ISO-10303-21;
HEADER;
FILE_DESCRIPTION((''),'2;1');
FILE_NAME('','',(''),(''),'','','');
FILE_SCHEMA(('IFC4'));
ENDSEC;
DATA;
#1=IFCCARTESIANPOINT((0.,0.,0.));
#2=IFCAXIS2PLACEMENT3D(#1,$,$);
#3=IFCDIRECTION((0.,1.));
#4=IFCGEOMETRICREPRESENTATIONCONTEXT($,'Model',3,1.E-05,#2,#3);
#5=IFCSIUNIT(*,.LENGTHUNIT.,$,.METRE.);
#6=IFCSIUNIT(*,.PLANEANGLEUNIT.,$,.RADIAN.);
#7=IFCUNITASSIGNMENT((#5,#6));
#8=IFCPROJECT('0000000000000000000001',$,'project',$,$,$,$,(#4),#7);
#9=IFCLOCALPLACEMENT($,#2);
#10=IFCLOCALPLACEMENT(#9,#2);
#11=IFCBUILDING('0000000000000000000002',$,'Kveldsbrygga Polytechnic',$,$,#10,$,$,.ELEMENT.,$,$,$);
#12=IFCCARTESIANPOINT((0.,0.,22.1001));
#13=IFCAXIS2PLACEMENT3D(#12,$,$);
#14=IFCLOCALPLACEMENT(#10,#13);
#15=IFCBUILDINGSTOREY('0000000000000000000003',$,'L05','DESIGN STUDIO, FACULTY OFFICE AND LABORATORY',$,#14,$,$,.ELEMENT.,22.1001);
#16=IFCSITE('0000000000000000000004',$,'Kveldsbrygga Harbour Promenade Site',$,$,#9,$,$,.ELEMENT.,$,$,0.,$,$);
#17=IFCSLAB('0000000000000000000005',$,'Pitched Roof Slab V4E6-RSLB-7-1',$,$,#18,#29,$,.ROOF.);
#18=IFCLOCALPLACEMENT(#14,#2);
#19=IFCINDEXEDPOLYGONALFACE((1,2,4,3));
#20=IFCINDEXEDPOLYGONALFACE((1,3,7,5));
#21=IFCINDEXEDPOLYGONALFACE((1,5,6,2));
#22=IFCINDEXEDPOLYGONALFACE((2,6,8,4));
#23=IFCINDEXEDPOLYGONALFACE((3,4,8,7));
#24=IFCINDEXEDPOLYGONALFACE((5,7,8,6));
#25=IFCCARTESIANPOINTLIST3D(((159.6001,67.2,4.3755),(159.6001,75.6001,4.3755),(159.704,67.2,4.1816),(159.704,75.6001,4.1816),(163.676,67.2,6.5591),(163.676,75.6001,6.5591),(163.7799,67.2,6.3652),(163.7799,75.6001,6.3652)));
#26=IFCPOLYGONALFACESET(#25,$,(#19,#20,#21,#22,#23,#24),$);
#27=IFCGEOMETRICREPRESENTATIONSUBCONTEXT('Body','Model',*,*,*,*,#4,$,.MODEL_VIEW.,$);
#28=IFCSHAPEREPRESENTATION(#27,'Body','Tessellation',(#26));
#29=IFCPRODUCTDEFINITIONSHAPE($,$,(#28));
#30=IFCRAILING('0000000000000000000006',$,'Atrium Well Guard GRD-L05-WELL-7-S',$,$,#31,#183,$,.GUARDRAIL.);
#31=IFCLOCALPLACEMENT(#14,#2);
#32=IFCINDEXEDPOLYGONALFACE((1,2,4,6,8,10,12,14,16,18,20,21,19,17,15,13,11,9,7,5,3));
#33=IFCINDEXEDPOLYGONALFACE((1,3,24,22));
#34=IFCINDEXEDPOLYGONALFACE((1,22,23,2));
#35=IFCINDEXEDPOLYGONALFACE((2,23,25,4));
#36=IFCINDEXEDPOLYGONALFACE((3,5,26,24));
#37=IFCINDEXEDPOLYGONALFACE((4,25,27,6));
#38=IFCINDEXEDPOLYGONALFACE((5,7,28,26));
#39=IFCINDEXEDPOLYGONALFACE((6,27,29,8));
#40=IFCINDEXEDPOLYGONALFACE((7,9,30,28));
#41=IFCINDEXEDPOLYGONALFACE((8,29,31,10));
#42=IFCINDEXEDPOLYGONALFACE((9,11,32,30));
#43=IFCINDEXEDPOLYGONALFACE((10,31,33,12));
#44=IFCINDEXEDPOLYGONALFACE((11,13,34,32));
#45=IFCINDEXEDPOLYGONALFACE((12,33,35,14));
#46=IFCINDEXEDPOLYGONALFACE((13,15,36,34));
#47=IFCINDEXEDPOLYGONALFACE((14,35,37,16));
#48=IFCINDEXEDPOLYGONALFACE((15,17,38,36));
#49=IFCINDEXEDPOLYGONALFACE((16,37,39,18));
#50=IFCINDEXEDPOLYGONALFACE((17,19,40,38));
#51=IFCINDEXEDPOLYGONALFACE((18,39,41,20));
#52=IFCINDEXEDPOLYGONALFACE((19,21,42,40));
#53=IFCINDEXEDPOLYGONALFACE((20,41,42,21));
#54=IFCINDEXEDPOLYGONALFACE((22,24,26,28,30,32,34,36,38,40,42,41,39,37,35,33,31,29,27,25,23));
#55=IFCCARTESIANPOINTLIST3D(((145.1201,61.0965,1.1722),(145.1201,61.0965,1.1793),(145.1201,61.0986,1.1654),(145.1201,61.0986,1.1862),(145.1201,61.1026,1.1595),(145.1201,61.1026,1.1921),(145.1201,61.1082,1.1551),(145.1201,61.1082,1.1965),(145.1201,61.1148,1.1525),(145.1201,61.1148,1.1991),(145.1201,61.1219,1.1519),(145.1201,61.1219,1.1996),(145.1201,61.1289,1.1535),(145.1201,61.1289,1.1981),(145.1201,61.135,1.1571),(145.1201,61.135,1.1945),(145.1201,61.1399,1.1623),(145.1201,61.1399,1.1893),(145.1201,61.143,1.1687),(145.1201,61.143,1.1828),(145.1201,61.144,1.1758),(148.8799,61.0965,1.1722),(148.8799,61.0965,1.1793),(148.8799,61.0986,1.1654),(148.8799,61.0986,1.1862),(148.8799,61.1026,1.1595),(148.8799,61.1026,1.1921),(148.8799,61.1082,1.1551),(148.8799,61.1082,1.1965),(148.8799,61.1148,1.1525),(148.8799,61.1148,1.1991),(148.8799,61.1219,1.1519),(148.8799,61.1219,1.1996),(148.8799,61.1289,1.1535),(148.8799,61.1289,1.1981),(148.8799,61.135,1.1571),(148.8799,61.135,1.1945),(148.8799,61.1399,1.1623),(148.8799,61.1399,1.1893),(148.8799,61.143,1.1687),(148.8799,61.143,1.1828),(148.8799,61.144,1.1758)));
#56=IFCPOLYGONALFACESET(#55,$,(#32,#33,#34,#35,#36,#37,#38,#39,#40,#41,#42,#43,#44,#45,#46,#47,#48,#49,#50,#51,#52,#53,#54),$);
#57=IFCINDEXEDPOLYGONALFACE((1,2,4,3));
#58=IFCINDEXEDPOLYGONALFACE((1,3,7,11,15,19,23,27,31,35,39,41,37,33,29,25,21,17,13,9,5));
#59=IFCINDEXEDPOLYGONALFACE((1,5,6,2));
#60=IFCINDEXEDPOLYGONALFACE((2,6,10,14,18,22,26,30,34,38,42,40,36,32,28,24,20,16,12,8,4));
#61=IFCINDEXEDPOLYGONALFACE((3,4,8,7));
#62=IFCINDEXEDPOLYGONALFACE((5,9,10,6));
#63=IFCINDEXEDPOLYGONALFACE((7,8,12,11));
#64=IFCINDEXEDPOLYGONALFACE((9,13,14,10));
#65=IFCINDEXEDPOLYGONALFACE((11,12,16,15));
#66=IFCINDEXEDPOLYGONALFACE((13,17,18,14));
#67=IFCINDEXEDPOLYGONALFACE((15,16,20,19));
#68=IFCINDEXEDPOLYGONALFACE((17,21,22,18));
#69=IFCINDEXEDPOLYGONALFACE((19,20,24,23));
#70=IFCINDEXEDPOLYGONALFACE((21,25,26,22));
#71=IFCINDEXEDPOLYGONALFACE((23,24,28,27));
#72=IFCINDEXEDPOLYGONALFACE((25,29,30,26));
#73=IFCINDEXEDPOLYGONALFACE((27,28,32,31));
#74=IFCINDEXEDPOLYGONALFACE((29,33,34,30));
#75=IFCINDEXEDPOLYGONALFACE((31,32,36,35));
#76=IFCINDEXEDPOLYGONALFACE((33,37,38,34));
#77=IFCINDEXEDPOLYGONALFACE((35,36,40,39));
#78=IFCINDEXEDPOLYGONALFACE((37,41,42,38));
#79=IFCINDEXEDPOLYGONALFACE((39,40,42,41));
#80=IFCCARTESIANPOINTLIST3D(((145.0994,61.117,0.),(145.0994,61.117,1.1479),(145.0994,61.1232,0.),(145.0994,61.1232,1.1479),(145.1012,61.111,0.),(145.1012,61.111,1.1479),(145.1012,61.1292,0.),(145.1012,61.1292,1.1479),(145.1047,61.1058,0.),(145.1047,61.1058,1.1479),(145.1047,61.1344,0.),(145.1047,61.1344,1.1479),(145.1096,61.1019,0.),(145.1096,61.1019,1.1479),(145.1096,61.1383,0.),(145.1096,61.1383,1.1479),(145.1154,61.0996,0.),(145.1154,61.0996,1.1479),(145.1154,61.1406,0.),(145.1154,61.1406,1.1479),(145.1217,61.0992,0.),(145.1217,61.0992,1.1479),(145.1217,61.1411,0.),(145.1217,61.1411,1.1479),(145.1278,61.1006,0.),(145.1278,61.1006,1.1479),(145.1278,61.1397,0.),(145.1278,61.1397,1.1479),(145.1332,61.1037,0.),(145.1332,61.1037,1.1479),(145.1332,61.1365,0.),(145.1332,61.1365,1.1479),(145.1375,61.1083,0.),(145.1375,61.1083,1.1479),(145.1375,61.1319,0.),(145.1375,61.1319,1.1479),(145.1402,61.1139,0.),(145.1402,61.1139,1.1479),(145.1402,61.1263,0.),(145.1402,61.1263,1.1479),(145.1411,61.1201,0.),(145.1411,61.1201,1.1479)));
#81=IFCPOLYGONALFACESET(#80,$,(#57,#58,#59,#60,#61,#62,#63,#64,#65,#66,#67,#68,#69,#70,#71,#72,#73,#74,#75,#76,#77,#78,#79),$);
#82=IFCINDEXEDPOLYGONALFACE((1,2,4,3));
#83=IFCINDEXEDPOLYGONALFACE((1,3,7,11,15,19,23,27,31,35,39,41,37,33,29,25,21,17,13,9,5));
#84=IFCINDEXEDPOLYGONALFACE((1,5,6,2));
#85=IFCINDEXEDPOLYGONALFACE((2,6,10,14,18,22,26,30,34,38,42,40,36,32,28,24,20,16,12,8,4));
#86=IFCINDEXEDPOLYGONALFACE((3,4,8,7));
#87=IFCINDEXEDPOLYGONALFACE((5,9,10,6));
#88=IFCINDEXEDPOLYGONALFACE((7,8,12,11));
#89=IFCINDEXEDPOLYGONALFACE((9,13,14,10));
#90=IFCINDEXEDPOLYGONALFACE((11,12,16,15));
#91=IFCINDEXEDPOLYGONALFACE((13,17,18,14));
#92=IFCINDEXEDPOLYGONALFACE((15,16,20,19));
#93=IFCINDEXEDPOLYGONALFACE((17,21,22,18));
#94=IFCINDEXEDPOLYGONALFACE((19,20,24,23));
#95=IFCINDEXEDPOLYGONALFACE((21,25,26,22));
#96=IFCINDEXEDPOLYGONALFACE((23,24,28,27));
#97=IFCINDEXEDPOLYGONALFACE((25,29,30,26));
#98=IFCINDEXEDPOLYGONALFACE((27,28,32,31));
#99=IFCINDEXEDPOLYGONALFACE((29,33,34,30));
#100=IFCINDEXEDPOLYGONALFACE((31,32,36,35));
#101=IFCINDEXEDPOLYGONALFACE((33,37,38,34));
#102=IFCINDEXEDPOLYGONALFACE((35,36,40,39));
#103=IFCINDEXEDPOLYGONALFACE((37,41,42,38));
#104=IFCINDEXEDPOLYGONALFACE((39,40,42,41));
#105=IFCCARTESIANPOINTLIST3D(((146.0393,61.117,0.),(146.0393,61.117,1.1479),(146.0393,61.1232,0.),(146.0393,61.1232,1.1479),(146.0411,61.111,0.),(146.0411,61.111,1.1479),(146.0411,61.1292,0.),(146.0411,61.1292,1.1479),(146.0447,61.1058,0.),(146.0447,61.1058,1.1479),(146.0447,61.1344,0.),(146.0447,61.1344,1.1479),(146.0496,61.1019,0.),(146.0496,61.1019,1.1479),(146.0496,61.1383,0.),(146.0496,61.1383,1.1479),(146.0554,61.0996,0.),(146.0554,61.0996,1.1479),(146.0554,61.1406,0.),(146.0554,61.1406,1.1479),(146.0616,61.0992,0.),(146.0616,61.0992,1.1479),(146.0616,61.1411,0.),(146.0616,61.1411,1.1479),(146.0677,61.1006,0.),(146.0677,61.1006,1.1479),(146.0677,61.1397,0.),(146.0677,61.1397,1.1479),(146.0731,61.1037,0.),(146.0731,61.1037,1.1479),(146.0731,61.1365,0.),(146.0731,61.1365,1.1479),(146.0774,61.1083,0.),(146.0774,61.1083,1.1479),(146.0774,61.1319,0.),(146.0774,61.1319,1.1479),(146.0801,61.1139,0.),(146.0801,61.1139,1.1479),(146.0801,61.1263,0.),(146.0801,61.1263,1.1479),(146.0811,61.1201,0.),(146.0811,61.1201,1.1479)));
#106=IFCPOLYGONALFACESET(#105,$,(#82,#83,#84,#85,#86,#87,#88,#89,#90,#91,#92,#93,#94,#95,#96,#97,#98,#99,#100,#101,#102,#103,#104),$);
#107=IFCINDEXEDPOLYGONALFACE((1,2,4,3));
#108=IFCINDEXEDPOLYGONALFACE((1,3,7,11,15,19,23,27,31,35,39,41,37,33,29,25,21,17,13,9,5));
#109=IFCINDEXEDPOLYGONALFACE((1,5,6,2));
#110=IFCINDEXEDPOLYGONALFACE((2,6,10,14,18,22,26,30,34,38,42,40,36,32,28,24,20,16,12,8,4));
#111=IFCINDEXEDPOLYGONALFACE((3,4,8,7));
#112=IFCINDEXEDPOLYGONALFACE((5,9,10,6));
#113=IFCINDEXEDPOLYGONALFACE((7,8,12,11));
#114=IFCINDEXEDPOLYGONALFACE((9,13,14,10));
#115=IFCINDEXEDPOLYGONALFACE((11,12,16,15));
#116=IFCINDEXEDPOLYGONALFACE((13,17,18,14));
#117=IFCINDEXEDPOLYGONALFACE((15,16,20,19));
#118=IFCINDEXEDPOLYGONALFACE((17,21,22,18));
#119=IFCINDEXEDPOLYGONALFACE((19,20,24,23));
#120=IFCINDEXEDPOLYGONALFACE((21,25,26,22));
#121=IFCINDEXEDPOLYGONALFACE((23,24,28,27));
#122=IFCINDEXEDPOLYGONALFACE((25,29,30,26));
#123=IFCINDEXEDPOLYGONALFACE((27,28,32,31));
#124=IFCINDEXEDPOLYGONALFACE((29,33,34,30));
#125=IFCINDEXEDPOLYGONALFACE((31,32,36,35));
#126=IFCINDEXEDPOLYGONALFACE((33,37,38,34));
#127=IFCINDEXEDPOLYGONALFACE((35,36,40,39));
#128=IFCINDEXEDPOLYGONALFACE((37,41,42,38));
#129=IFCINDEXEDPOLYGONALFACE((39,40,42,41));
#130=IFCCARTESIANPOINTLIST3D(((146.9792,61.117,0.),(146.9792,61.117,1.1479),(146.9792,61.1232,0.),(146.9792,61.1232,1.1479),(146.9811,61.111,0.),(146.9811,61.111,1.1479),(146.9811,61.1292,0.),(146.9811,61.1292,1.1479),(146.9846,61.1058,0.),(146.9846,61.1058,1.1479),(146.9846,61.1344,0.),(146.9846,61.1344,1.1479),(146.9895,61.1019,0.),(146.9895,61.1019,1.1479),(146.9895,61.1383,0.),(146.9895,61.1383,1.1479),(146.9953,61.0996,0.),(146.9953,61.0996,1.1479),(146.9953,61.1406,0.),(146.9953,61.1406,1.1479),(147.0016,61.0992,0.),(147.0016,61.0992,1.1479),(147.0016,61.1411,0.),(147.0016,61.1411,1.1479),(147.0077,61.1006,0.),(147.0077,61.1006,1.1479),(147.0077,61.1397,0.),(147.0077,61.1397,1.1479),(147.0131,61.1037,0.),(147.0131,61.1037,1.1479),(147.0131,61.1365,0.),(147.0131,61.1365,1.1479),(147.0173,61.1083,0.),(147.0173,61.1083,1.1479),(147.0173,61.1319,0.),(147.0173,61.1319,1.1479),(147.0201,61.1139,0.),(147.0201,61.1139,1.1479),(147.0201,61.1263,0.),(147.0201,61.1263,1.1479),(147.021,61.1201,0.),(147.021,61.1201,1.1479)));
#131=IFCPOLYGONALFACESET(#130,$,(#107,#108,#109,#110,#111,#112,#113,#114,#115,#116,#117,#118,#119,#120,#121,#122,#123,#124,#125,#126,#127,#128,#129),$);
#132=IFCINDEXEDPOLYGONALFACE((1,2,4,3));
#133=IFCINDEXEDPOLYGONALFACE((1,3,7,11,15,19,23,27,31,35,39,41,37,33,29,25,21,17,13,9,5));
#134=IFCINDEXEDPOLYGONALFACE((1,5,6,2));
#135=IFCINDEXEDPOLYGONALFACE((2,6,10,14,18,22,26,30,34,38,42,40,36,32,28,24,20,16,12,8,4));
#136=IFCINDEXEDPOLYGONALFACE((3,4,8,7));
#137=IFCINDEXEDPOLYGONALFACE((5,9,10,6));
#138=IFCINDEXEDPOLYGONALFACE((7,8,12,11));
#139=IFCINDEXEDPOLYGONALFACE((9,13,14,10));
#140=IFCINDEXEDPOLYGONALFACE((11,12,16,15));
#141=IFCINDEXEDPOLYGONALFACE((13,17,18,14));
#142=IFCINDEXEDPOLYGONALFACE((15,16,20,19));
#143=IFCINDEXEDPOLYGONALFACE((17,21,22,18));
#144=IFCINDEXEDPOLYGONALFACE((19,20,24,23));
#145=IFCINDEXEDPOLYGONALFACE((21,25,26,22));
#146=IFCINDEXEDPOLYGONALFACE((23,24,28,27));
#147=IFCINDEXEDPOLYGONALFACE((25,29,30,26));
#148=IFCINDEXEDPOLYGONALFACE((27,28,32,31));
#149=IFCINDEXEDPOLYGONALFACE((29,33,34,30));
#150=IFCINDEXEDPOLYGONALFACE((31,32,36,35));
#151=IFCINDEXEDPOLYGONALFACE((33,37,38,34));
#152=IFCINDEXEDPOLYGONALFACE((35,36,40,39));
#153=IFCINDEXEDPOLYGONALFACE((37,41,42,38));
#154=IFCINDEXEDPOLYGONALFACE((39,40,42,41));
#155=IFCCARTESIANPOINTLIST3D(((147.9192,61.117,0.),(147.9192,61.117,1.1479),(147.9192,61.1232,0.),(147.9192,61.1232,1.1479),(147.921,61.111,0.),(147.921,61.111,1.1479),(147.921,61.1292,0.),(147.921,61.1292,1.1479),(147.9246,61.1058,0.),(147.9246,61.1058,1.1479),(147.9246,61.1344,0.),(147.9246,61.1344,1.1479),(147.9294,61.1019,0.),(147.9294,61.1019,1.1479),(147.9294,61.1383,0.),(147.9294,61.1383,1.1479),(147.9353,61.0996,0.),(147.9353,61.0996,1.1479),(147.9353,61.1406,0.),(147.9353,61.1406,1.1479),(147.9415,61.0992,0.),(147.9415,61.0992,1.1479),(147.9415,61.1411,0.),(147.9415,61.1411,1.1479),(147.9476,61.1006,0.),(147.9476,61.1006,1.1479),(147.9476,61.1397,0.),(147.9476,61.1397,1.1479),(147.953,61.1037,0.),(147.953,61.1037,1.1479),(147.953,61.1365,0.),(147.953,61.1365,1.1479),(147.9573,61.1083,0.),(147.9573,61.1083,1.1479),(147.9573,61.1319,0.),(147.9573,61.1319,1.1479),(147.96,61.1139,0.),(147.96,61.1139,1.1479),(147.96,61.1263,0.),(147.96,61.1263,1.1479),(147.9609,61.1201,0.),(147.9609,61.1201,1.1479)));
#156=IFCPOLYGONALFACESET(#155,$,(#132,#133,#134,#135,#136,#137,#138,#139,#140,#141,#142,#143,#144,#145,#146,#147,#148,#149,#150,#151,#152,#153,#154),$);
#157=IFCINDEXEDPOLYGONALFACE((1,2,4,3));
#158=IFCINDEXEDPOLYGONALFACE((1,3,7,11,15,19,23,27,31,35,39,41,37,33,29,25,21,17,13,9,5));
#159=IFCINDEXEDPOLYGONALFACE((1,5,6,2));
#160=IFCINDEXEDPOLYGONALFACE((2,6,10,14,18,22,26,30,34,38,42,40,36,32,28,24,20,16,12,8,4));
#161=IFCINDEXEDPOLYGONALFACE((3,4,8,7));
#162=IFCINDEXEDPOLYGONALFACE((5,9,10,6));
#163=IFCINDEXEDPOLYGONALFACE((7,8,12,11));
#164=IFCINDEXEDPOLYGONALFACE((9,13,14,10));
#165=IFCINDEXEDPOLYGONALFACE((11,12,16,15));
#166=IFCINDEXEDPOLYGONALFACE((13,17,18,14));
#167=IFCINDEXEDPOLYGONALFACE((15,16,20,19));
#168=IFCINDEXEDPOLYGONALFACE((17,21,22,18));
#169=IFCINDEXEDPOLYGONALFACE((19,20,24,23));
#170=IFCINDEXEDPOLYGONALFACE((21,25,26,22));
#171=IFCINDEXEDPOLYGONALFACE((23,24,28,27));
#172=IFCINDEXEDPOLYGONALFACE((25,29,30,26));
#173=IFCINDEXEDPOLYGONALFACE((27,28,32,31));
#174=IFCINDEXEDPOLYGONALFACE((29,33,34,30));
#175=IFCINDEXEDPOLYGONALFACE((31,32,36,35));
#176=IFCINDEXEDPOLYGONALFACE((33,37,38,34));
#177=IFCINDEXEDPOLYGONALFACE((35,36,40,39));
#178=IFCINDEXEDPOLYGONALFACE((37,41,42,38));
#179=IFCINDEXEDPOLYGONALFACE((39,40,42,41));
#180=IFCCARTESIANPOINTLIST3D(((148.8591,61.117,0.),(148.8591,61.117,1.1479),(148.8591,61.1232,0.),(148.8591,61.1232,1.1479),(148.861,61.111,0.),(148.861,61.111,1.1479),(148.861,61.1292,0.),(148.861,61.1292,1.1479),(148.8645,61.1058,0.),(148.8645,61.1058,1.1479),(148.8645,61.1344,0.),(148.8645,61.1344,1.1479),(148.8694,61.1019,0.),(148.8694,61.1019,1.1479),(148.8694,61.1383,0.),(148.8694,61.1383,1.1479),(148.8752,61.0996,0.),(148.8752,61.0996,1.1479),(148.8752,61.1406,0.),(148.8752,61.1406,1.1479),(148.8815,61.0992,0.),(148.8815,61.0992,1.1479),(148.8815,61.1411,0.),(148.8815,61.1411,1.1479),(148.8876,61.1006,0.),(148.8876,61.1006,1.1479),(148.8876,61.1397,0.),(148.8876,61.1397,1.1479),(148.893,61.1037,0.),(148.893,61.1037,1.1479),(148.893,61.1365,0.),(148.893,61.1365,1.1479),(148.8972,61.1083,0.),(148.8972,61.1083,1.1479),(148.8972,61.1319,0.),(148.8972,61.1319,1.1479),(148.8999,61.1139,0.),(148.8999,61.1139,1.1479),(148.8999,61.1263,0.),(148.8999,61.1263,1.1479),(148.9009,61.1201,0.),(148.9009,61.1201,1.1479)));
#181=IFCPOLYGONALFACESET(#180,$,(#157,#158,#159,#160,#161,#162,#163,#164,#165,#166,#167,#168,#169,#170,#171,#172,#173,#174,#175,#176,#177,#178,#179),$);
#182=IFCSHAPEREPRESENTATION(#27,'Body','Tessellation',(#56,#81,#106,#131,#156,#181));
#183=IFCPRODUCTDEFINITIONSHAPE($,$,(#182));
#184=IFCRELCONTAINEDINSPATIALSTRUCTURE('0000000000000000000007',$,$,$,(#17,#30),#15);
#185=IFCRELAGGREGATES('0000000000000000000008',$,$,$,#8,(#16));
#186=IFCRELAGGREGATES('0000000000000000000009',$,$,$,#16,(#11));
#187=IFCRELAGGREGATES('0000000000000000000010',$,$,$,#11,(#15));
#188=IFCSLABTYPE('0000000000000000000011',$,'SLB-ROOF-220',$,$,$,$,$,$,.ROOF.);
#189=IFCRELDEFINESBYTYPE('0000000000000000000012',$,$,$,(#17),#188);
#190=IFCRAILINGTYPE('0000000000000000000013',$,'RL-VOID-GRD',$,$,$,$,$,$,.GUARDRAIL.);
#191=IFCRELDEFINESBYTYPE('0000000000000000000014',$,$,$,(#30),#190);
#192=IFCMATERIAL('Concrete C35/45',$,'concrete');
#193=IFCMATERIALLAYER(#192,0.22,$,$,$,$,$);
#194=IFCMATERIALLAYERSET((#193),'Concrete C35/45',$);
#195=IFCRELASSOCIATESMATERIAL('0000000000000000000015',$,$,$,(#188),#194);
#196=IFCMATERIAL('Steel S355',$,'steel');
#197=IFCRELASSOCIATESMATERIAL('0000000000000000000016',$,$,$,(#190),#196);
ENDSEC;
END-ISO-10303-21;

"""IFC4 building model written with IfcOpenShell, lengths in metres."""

from ifc_helpers import new_model, si_unit, direction, frame, origin, origin_2d, place, context, subcontext, project, spatial, polyline, circle, outline, extrude, material, layer, layer_set, type_object, element, save


model = new_model("IFC4")

# Units and contexts
model_context = context("Model", 3, precision=1e-05, world=origin(), true_north=direction((0.0, 1.0)))
body_context = subcontext(model_context, "Body", "Model", "MODEL_VIEW")
ifc_project = project(units=[si_unit("LENGTHUNIT", "METRE"), si_unit("PLANEANGLEUNIT", "RADIAN")], contexts=[model_context])

# Site, building, storey
site_placement = place(None, origin())
site = spatial("IfcSite", under=ifc_project, at=site_placement, Name="Kveldsbrygga Harbour Promenade Site", CompositionType="ELEMENT", RefElevation=0.0)
building_placement = place(site_placement, origin())
building = spatial("IfcBuilding", under=site, at=building_placement, Name="Kveldsbrygga Polytechnic", CompositionType="ELEMENT")
storey_placement = place(building_placement, frame((0.0, 0.0, 22.1001)))
storey = spatial("IfcBuildingStorey", under=building, at=storey_placement, Name="L05", Description="DESIGN STUDIO, FACULTY OFFICE AND LABORATORY", CompositionType="ELEMENT", Elevation=22.1001)

# Shared definitions
ifc_material_1 = material(Name="Concrete C35/45", Category="concrete")
ifc_material_2 = material(Name="Steel S355", Category="steel")

# Slab
ifc_layer_1 = layer(ifc_material_1, 0.22)
ifc_layer_set_1 = layer_set([ifc_layer_1], Name="Concrete C35/45")
slab_type = type_object("IfcSlabType", Name="SLB-ROOF-220", PredefinedType="ROOF", material=ifc_layer_set_1)
slab_1_placement = place(storey_placement, frame((159.6001, 67.2, 4.3755), z_axis=(-0.472232, 0.0, 0.881474), x_axis=(0.881474, 0.0, 0.472232)))
element("IfcSlab", 1, at=slab_1_placement, inside=storey, type_object=slab_type, Name="Pitched Roof Slab V4E6-RSLB-7-1", PredefinedType="ROOF", context=body_context, shape_type="SweptSolid", body=[
    extrude(outline(polyline([(0.0, 0.0), (4.624, 0.0), (4.624, 8.4001), (0.0, 8.4001), (0.0, 0.0)])), origin(), (0.0, 0.0, -1.0), 0.22),
])

# Railing
railing_type = type_object("IfcRailingType", Name="RL-VOID-GRD", PredefinedType="GUARDRAIL", material=ifc_material_2)
railing_1_placement = place(storey_placement, frame((145.1201, 61.1201, 0.0)))
element("IfcRailing", 2, at=railing_1_placement, inside=storey, type_object=railing_type, Name="Atrium Well Guard GRD-L05-WELL-7-S", PredefinedType="GUARDRAIL", context=body_context, shape_type="SweptSolid", body=[
    extrude(circle(Radius=0.0239, at=origin_2d()), frame((0.0, 0.0, 1.1758), z_axis=(1.0, 0.0, 0.0), x_axis=(0.0, 1.0, 0.0)), (0.0, 0.0, 1.0), 3.7598),
    extrude(circle(Radius=0.021, at=origin_2d()), origin(), (0.0, 0.0, 1.0), 1.1479),
    extrude(circle(Radius=0.021, at=origin_2d()), frame((0.9399, 0.0, 0.0)), (0.0, 0.0, 1.0), 1.1479),
    extrude(circle(Radius=0.021, at=origin_2d()), frame((1.8799, 0.0, 0.0)), (0.0, 0.0, 1.0), 1.1479),
    extrude(circle(Radius=0.021, at=origin_2d()), frame((2.8198, 0.0, 0.0)), (0.0, 0.0, 1.0), 1.1479),
    extrude(circle(Radius=0.021, at=origin_2d()), frame((3.7598, 0.0, 0.0)), (0.0, 0.0, 1.0), 1.1479),
])

save(model, "model.ifc")
